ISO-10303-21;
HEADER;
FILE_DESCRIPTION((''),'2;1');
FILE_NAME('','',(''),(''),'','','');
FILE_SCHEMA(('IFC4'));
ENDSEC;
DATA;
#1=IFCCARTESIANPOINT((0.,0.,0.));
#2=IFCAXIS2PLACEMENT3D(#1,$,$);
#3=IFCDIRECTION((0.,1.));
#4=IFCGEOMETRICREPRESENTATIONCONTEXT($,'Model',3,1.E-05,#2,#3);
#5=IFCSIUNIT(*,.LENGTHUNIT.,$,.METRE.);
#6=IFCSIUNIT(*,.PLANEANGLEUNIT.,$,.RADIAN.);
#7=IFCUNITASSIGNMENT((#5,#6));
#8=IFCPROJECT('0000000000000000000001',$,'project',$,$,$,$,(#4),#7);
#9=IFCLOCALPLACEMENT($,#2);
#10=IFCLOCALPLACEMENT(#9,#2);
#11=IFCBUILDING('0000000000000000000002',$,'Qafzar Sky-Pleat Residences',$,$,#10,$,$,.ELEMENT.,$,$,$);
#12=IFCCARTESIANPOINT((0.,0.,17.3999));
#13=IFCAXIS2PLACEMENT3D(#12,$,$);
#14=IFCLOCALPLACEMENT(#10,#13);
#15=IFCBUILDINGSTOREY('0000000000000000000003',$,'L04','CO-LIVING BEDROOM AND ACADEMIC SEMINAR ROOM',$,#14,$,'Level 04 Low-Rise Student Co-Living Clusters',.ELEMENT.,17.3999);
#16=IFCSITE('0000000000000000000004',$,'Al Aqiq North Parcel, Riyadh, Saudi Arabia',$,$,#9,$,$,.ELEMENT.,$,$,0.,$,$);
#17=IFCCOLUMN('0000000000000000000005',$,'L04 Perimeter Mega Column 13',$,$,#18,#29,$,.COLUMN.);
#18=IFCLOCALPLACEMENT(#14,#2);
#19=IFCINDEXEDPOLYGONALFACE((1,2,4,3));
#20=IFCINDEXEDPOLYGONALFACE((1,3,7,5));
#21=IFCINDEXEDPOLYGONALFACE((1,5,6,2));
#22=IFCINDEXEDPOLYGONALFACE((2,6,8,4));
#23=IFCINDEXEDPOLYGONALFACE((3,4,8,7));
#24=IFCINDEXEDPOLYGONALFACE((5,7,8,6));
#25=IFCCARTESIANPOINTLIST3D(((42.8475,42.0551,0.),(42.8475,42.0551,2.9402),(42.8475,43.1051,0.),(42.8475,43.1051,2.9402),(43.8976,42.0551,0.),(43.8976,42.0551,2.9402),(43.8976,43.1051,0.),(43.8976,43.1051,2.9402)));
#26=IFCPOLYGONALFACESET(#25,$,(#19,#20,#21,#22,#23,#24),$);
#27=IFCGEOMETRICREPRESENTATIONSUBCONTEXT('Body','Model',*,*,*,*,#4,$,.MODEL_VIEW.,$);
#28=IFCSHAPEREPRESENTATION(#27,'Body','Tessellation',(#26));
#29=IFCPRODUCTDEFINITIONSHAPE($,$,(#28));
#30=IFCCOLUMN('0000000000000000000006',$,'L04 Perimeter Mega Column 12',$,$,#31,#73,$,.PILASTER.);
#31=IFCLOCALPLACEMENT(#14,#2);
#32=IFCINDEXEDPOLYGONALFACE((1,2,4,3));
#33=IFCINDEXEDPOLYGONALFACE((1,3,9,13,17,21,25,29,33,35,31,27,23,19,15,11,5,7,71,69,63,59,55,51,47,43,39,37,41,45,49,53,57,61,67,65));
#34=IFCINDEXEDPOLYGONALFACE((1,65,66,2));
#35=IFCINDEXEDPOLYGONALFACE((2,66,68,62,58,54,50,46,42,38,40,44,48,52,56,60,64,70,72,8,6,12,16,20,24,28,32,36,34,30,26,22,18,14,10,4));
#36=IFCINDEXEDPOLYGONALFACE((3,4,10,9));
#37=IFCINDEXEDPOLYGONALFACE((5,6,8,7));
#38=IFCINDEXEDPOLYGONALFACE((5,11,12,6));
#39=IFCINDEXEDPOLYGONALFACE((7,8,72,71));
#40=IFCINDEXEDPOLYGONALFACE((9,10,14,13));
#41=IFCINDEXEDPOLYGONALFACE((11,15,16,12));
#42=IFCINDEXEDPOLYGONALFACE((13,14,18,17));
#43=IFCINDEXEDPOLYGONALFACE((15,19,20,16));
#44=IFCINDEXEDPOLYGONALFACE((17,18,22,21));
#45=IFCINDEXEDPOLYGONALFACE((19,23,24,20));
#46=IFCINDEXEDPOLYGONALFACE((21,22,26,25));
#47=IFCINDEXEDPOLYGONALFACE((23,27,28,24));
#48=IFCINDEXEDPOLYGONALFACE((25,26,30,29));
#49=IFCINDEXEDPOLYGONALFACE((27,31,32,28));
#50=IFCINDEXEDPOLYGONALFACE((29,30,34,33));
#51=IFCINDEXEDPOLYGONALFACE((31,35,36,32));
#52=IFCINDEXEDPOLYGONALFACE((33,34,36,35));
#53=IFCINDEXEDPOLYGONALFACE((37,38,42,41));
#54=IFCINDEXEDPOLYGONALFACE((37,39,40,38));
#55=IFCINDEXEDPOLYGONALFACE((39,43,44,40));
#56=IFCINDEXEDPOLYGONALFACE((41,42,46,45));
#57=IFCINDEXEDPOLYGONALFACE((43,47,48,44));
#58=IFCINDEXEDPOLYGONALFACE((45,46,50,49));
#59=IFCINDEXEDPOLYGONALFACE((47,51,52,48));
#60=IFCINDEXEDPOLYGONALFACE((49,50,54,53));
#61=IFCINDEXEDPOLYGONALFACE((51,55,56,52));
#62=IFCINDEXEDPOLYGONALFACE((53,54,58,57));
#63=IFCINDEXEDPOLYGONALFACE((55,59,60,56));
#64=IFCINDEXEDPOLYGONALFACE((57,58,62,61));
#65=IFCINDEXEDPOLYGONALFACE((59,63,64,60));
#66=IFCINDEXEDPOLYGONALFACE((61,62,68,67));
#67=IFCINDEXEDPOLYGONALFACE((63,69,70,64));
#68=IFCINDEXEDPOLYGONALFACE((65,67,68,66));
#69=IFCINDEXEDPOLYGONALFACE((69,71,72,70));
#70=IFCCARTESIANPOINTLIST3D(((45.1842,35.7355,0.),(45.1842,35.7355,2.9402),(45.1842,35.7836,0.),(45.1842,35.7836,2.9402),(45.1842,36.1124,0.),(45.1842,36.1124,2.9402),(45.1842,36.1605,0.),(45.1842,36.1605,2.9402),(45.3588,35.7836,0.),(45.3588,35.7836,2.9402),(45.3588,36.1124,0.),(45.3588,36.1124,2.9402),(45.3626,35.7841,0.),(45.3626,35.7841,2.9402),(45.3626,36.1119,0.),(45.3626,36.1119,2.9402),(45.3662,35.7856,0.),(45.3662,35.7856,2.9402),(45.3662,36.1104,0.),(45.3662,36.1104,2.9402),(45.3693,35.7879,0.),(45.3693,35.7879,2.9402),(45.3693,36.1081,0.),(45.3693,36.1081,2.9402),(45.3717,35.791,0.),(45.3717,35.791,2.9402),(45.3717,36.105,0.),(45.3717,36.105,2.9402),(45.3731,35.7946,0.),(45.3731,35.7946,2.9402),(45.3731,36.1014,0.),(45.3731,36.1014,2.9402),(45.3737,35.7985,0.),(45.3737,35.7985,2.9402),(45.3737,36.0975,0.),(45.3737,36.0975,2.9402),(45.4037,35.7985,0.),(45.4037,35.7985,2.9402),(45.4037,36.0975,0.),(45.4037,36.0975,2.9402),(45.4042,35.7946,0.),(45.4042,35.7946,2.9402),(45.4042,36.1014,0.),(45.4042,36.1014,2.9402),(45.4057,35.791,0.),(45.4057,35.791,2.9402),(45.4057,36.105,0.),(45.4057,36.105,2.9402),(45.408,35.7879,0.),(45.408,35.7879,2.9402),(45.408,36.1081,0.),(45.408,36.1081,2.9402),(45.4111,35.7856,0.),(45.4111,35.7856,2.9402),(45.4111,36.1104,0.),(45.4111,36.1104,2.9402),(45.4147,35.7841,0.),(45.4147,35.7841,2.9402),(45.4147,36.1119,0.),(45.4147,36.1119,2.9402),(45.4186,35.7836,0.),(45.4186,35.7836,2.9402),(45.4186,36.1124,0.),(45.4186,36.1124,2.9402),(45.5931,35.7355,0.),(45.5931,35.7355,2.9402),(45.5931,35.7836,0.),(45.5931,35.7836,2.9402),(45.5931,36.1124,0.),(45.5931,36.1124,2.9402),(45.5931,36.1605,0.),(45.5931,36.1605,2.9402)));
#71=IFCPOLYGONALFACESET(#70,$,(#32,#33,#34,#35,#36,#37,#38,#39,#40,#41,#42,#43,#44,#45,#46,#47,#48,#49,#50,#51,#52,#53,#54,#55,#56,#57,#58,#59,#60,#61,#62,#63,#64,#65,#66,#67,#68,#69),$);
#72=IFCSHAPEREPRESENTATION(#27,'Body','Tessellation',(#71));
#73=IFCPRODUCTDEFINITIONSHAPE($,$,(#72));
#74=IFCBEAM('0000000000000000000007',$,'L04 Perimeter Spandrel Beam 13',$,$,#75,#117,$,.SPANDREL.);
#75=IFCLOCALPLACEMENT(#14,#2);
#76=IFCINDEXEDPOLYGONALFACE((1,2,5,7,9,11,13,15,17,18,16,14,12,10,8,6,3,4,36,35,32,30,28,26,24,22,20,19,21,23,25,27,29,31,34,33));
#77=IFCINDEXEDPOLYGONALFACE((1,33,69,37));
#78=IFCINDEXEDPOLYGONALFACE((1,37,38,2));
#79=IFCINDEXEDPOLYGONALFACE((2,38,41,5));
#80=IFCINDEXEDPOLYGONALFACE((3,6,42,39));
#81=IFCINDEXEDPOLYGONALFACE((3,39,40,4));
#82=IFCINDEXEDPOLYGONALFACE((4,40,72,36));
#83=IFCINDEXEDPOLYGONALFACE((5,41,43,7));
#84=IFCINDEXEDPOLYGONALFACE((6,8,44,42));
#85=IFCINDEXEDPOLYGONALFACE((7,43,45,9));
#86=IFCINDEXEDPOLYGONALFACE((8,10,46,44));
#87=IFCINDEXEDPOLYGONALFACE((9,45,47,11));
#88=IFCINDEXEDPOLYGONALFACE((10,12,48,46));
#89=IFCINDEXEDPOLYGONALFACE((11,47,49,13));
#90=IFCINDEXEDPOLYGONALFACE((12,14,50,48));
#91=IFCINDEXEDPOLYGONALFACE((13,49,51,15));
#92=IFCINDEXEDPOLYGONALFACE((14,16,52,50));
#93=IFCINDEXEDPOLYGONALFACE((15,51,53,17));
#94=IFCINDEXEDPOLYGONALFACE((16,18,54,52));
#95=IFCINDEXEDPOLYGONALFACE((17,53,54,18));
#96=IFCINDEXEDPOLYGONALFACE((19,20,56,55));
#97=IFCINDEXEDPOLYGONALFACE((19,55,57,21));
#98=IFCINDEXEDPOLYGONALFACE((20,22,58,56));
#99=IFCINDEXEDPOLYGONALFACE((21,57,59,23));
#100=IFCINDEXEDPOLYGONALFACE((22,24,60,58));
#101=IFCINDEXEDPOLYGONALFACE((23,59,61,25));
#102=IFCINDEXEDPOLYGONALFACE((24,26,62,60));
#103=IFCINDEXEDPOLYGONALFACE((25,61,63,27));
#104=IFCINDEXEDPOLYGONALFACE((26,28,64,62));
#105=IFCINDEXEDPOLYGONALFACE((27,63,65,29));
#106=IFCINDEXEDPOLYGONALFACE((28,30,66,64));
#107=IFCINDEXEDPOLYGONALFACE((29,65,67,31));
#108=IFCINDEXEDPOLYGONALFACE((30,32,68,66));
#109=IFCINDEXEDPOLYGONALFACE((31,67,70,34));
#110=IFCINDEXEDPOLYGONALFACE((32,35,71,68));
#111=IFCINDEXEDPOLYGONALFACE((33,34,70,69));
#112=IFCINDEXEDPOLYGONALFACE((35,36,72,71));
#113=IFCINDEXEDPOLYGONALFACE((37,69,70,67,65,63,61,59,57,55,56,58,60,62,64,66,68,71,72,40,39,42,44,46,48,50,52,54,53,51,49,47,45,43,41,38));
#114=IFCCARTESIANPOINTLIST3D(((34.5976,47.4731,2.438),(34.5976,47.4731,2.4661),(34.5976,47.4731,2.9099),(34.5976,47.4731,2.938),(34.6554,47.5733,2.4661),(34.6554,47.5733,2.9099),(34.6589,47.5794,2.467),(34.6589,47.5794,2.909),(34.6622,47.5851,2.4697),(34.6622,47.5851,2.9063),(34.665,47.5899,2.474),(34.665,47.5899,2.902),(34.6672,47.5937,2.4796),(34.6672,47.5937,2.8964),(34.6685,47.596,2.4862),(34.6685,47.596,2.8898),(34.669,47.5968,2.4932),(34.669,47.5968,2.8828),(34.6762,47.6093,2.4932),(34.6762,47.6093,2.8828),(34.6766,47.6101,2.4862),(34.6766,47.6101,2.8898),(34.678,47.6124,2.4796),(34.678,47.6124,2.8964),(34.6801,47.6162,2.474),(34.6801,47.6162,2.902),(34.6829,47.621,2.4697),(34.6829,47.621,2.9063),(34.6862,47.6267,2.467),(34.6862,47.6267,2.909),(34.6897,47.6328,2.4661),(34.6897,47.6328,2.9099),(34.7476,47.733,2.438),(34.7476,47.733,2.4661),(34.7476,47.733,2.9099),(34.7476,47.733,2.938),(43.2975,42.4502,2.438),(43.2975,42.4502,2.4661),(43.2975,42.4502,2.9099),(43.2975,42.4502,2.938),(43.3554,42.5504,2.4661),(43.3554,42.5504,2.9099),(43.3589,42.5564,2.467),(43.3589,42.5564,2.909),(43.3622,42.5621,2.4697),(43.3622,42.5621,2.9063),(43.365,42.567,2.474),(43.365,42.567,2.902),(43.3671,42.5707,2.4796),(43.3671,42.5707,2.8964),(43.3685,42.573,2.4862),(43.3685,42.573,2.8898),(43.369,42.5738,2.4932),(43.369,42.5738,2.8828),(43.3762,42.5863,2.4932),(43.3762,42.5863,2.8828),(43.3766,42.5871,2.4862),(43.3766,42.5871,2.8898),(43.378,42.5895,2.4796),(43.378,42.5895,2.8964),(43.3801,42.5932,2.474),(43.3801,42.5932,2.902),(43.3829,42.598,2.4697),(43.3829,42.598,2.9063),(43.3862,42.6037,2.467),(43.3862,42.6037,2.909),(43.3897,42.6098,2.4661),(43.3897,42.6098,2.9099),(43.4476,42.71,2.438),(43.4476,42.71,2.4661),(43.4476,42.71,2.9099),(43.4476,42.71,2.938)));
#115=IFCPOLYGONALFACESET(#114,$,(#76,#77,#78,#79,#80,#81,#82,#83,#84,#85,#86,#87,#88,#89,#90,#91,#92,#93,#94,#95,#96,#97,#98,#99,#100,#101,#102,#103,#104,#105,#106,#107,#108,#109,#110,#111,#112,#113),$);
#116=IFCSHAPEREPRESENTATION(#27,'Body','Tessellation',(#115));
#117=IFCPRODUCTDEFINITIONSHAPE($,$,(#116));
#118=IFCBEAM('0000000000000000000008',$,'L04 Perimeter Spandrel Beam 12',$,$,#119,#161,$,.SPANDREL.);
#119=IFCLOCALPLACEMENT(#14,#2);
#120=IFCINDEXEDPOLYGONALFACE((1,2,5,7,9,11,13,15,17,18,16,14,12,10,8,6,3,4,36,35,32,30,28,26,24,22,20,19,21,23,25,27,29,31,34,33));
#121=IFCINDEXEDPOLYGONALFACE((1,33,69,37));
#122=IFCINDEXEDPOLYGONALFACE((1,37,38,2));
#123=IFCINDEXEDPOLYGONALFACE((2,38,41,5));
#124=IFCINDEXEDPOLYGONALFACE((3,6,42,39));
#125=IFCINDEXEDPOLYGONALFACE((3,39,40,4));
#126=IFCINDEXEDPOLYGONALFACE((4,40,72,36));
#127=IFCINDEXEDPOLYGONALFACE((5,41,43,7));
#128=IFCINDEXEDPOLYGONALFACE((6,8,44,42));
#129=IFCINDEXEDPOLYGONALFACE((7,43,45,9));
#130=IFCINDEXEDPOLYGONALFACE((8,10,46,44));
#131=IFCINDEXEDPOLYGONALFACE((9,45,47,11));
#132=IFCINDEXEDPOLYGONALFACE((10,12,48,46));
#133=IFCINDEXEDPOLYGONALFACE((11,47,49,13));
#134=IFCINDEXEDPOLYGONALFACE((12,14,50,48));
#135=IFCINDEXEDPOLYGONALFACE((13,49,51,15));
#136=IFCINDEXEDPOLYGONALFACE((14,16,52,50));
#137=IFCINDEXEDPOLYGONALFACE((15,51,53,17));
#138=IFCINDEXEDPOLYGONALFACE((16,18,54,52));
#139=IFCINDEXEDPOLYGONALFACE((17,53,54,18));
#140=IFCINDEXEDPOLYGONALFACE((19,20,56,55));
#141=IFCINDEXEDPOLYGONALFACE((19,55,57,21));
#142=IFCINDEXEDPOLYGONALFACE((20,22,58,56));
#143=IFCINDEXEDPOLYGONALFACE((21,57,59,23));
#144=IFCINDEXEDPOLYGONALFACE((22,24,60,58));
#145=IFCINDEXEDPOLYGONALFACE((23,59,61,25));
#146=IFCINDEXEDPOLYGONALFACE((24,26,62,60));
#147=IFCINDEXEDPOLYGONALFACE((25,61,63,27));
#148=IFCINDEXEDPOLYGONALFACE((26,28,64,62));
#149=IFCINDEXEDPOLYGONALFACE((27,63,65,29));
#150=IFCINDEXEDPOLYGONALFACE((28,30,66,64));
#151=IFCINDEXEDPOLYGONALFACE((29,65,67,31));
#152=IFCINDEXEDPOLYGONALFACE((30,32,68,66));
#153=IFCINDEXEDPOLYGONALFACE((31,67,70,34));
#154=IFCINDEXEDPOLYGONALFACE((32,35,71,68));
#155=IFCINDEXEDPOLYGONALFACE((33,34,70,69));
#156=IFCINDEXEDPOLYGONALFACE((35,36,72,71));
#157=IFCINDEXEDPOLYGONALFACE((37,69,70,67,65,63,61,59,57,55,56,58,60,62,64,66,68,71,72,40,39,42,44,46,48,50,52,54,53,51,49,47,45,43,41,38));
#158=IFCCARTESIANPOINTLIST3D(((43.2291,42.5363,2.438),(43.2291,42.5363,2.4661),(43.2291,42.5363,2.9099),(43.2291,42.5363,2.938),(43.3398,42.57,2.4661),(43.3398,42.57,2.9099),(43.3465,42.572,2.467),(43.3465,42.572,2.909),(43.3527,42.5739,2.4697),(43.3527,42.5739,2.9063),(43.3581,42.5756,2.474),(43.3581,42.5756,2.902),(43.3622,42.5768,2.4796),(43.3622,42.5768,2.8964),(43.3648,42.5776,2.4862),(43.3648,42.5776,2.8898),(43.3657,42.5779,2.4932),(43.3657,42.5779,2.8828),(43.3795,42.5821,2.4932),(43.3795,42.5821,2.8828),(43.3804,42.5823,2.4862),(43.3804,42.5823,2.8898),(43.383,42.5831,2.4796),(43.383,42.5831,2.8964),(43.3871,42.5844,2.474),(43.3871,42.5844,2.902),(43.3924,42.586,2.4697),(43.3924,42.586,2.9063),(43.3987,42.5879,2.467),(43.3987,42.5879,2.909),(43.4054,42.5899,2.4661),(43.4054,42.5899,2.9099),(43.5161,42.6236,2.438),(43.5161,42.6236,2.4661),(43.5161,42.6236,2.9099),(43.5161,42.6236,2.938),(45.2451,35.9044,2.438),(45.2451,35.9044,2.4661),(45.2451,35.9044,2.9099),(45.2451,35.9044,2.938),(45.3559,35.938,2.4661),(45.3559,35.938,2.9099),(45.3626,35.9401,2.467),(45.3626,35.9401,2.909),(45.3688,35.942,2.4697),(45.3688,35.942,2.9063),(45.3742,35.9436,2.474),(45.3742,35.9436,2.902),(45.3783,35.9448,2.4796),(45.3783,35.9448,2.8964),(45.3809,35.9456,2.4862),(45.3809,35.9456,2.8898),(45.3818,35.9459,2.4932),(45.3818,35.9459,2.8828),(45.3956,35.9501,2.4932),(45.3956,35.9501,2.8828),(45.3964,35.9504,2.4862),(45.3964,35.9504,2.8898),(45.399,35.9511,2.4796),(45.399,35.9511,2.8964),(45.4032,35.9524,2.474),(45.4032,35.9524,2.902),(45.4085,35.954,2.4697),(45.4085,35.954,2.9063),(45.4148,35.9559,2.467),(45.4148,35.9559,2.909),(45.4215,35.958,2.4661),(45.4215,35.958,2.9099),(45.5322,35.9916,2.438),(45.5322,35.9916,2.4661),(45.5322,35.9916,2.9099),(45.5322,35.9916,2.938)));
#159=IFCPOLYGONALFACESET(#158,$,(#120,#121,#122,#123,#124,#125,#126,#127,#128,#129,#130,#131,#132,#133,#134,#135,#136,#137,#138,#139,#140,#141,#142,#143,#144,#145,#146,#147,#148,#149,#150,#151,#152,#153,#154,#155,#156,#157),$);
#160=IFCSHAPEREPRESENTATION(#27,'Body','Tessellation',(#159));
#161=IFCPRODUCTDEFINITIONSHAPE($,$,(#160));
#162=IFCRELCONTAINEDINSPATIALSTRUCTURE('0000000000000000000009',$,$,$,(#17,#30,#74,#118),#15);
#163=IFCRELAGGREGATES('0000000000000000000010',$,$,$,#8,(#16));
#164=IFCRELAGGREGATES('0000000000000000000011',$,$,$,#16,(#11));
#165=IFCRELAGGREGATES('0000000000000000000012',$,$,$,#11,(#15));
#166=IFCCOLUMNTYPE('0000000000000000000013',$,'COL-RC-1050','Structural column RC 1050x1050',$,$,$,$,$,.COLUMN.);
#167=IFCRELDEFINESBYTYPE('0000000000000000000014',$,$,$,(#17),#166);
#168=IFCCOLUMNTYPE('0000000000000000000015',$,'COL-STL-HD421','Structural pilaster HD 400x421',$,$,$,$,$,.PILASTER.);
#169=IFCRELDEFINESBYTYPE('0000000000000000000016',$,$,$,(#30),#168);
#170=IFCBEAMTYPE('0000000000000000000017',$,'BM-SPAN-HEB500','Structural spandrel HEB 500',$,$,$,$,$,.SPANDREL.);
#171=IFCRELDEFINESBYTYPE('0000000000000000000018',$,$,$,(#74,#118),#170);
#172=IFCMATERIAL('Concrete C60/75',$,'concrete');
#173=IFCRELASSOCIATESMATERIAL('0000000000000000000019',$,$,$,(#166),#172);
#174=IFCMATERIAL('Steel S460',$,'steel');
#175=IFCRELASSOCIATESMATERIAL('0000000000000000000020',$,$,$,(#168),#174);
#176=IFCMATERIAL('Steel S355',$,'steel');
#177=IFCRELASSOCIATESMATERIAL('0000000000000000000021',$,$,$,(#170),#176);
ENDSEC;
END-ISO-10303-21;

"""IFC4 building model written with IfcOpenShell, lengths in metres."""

from ifc_helpers import new_model, si_unit, direction, frame, origin, origin_2d, place, context, subcontext, project, spatial, rectangle, i_section, extrude, source, transform, mapped, material, material_profile, profile_set, type_object, element, save


model = new_model("IFC4")

# Units and contexts
model_context = context("Model", 3, precision=1e-05, world=origin(), true_north=direction((0.0, 1.0)))
body_context = subcontext(model_context, "Body", "Model", "MODEL_VIEW")
ifc_project = project(units=[si_unit("LENGTHUNIT", "METRE"), si_unit("PLANEANGLEUNIT", "RADIAN")], contexts=[model_context])

# Site, building, storey
site_placement = place(None, origin())
site = spatial("IfcSite", under=ifc_project, at=site_placement, Name="Al Aqiq North Parcel, Riyadh, Saudi Arabia", CompositionType="ELEMENT", RefElevation=0.0)
building_placement = place(site_placement, origin())
building = spatial("IfcBuilding", under=site, at=building_placement, Name="Qafzar Sky-Pleat Residences", CompositionType="ELEMENT")
storey_placement = place(building_placement, frame((0.0, 0.0, 17.3999)))
storey = spatial("IfcBuildingStorey", under=building, at=storey_placement, Name="L04", Description="CO-LIVING BEDROOM AND ACADEMIC SEMINAR ROOM", LongName="Level 04 Low-Rise Student Co-Living Clusters", CompositionType="ELEMENT", Elevation=17.3999)

# Columns
ifc_material_1 = material(Name="Concrete C60/75", Category="concrete")
ifc_material_profile_1 = material_profile(ifc_material_1, rectangle(XDim=1.05, YDim=1.05, at=origin_2d()), Name="RC 1050x1050")
ifc_profile_set_1 = profile_set([ifc_material_profile_1], Name="Concrete C60/75")
column_type_1 = type_object("IfcColumnType", Name="COL-RC-1050", Description="Structural column RC 1050x1050", PredefinedType="COLUMN", material=ifc_profile_set_1)
shared_shape_1 = source(origin(), body_context, "Body", "SweptSolid", [
    extrude(rectangle(XDim=1.05, YDim=1.05, at=origin_2d()), origin(), (0.0, 0.0, 1.0), 2.9402),
])
column_1_placement = place(storey_placement, frame((43.3726, 42.5801, 0.0), z_axis=(0.0, 0.0, 1.0), x_axis=(1.0, 0.0, 0.0)))
element("IfcColumn", 1, at=column_1_placement, inside=storey, type_object=column_type_1, Name="L04 Perimeter Mega Column 13", PredefinedType="COLUMN", context=body_context, shape_type="MappedRepresentation", body=[
    mapped(shared_shape_1, transform((0.0, 0.0, 0.0), x_axis=(1.0, 0.0, 0.0), y_axis=(0.0, 1.0, 0.0), z_axis=(0.0, 0.0, 1.0), scale=1.0)),
])
ifc_material_2 = material(Name="Steel S460", Category="steel")
ifc_material_profile_2 = material_profile(ifc_material_2, i_section(OverallWidth=0.4089, OverallDepth=0.425, WebThickness=0.03, FlangeThickness=0.0481, FilletRadius=0.0149, at=origin_2d()), Name="HD 400x421")
ifc_profile_set_2 = profile_set([ifc_material_profile_2], Name="Steel S460")
column_type_2 = type_object("IfcColumnType", Name="COL-STL-HD421", Description="Structural pilaster HD 400x421", PredefinedType="PILASTER", material=ifc_profile_set_2)
shared_shape_2 = source(origin(), body_context, "Body", "SweptSolid", [
    extrude(i_section(OverallWidth=0.4089, OverallDepth=0.425, WebThickness=0.03, FlangeThickness=0.0481, FilletRadius=0.0149, at=origin_2d()), origin(), (0.0, 0.0, 1.0), 2.9402),
])
column_2_placement = place(storey_placement, frame((45.3887, 35.948, 0.0), z_axis=(0.0, 0.0, 1.0), x_axis=(1.0, 0.0, 0.0)))
element("IfcColumn", 2, at=column_2_placement, inside=storey, type_object=column_type_2, Name="L04 Perimeter Mega Column 12", PredefinedType="PILASTER", context=body_context, shape_type="MappedRepresentation", body=[
    mapped(shared_shape_2, transform((0.0, 0.0, 0.0), x_axis=(1.0, 0.0, 0.0), y_axis=(0.0, 1.0, 0.0), z_axis=(0.0, 0.0, 1.0), scale=1.0)),
])

# Beams
ifc_material_3 = material(Name="Steel S355", Category="steel")
ifc_material_profile_3 = material_profile(ifc_material_3, i_section(OverallWidth=0.3, OverallDepth=0.5, WebThickness=0.0144, FlangeThickness=0.0281, FilletRadius=0.0271, at=origin_2d()), Name="HEB 500")
ifc_profile_set_3 = profile_set([ifc_material_profile_3], Name="Steel S355")
beam_type_1 = type_object("IfcBeamType", Name="BM-SPAN-HEB500", Description="Structural spandrel HEB 500", PredefinedType="SPANDREL", material=ifc_profile_set_3)
shared_shape_3 = source(origin(), body_context, "Body", "SweptSolid", [
    extrude(i_section(OverallWidth=0.3, OverallDepth=0.5, WebThickness=0.0144, FlangeThickness=0.0281, FilletRadius=0.0271, at=origin_2d()), origin(), (0.0, 0.0, 1.0), 10.0459),
])
beam_1_placement = place(storey_placement, frame((43.3726, 42.5801, 2.688), z_axis=(-0.866024, 0.500002, 0.0), x_axis=(-0.500002, -0.866024, 0.0)))
element("IfcBeam", 3, at=beam_1_placement, inside=storey, type_object=beam_type_1, Name="L04 Perimeter Spandrel Beam 13", PredefinedType="SPANDREL", context=body_context, shape_type="MappedRepresentation", body=[
    mapped(shared_shape_3, transform((0.0, 0.0, 0.0), x_axis=(1.0, 0.0, 0.0), y_axis=(0.0, 1.0, 0.0), z_axis=(0.0, 0.0, 1.0), scale=1.0)),
])
shared_shape_4 = source(origin(), body_context, "Body", "SweptSolid", [
    extrude(i_section(OverallWidth=0.3, OverallDepth=0.5, WebThickness=0.0144, FlangeThickness=0.0281, FilletRadius=0.0271, at=origin_2d()), origin(), (0.0, 0.0, 1.0), 6.9316),
])
beam_2_placement = place(storey_placement, frame((45.3887, 35.948, 2.688), z_axis=(-0.290852, 0.956768, 0.0), x_axis=(-0.956768, -0.290852, 0.0)))
element("IfcBeam", 4, at=beam_2_placement, inside=storey, type_object=beam_type_1, Name="L04 Perimeter Spandrel Beam 12", PredefinedType="SPANDREL", context=body_context, shape_type="MappedRepresentation", body=[
    mapped(shared_shape_4, transform((0.0, 0.0, 0.0), x_axis=(1.0, 0.0, 0.0), y_axis=(0.0, 1.0, 0.0), z_axis=(0.0, 0.0, 1.0), scale=1.0)),
])

save(model, "model.ifc")
